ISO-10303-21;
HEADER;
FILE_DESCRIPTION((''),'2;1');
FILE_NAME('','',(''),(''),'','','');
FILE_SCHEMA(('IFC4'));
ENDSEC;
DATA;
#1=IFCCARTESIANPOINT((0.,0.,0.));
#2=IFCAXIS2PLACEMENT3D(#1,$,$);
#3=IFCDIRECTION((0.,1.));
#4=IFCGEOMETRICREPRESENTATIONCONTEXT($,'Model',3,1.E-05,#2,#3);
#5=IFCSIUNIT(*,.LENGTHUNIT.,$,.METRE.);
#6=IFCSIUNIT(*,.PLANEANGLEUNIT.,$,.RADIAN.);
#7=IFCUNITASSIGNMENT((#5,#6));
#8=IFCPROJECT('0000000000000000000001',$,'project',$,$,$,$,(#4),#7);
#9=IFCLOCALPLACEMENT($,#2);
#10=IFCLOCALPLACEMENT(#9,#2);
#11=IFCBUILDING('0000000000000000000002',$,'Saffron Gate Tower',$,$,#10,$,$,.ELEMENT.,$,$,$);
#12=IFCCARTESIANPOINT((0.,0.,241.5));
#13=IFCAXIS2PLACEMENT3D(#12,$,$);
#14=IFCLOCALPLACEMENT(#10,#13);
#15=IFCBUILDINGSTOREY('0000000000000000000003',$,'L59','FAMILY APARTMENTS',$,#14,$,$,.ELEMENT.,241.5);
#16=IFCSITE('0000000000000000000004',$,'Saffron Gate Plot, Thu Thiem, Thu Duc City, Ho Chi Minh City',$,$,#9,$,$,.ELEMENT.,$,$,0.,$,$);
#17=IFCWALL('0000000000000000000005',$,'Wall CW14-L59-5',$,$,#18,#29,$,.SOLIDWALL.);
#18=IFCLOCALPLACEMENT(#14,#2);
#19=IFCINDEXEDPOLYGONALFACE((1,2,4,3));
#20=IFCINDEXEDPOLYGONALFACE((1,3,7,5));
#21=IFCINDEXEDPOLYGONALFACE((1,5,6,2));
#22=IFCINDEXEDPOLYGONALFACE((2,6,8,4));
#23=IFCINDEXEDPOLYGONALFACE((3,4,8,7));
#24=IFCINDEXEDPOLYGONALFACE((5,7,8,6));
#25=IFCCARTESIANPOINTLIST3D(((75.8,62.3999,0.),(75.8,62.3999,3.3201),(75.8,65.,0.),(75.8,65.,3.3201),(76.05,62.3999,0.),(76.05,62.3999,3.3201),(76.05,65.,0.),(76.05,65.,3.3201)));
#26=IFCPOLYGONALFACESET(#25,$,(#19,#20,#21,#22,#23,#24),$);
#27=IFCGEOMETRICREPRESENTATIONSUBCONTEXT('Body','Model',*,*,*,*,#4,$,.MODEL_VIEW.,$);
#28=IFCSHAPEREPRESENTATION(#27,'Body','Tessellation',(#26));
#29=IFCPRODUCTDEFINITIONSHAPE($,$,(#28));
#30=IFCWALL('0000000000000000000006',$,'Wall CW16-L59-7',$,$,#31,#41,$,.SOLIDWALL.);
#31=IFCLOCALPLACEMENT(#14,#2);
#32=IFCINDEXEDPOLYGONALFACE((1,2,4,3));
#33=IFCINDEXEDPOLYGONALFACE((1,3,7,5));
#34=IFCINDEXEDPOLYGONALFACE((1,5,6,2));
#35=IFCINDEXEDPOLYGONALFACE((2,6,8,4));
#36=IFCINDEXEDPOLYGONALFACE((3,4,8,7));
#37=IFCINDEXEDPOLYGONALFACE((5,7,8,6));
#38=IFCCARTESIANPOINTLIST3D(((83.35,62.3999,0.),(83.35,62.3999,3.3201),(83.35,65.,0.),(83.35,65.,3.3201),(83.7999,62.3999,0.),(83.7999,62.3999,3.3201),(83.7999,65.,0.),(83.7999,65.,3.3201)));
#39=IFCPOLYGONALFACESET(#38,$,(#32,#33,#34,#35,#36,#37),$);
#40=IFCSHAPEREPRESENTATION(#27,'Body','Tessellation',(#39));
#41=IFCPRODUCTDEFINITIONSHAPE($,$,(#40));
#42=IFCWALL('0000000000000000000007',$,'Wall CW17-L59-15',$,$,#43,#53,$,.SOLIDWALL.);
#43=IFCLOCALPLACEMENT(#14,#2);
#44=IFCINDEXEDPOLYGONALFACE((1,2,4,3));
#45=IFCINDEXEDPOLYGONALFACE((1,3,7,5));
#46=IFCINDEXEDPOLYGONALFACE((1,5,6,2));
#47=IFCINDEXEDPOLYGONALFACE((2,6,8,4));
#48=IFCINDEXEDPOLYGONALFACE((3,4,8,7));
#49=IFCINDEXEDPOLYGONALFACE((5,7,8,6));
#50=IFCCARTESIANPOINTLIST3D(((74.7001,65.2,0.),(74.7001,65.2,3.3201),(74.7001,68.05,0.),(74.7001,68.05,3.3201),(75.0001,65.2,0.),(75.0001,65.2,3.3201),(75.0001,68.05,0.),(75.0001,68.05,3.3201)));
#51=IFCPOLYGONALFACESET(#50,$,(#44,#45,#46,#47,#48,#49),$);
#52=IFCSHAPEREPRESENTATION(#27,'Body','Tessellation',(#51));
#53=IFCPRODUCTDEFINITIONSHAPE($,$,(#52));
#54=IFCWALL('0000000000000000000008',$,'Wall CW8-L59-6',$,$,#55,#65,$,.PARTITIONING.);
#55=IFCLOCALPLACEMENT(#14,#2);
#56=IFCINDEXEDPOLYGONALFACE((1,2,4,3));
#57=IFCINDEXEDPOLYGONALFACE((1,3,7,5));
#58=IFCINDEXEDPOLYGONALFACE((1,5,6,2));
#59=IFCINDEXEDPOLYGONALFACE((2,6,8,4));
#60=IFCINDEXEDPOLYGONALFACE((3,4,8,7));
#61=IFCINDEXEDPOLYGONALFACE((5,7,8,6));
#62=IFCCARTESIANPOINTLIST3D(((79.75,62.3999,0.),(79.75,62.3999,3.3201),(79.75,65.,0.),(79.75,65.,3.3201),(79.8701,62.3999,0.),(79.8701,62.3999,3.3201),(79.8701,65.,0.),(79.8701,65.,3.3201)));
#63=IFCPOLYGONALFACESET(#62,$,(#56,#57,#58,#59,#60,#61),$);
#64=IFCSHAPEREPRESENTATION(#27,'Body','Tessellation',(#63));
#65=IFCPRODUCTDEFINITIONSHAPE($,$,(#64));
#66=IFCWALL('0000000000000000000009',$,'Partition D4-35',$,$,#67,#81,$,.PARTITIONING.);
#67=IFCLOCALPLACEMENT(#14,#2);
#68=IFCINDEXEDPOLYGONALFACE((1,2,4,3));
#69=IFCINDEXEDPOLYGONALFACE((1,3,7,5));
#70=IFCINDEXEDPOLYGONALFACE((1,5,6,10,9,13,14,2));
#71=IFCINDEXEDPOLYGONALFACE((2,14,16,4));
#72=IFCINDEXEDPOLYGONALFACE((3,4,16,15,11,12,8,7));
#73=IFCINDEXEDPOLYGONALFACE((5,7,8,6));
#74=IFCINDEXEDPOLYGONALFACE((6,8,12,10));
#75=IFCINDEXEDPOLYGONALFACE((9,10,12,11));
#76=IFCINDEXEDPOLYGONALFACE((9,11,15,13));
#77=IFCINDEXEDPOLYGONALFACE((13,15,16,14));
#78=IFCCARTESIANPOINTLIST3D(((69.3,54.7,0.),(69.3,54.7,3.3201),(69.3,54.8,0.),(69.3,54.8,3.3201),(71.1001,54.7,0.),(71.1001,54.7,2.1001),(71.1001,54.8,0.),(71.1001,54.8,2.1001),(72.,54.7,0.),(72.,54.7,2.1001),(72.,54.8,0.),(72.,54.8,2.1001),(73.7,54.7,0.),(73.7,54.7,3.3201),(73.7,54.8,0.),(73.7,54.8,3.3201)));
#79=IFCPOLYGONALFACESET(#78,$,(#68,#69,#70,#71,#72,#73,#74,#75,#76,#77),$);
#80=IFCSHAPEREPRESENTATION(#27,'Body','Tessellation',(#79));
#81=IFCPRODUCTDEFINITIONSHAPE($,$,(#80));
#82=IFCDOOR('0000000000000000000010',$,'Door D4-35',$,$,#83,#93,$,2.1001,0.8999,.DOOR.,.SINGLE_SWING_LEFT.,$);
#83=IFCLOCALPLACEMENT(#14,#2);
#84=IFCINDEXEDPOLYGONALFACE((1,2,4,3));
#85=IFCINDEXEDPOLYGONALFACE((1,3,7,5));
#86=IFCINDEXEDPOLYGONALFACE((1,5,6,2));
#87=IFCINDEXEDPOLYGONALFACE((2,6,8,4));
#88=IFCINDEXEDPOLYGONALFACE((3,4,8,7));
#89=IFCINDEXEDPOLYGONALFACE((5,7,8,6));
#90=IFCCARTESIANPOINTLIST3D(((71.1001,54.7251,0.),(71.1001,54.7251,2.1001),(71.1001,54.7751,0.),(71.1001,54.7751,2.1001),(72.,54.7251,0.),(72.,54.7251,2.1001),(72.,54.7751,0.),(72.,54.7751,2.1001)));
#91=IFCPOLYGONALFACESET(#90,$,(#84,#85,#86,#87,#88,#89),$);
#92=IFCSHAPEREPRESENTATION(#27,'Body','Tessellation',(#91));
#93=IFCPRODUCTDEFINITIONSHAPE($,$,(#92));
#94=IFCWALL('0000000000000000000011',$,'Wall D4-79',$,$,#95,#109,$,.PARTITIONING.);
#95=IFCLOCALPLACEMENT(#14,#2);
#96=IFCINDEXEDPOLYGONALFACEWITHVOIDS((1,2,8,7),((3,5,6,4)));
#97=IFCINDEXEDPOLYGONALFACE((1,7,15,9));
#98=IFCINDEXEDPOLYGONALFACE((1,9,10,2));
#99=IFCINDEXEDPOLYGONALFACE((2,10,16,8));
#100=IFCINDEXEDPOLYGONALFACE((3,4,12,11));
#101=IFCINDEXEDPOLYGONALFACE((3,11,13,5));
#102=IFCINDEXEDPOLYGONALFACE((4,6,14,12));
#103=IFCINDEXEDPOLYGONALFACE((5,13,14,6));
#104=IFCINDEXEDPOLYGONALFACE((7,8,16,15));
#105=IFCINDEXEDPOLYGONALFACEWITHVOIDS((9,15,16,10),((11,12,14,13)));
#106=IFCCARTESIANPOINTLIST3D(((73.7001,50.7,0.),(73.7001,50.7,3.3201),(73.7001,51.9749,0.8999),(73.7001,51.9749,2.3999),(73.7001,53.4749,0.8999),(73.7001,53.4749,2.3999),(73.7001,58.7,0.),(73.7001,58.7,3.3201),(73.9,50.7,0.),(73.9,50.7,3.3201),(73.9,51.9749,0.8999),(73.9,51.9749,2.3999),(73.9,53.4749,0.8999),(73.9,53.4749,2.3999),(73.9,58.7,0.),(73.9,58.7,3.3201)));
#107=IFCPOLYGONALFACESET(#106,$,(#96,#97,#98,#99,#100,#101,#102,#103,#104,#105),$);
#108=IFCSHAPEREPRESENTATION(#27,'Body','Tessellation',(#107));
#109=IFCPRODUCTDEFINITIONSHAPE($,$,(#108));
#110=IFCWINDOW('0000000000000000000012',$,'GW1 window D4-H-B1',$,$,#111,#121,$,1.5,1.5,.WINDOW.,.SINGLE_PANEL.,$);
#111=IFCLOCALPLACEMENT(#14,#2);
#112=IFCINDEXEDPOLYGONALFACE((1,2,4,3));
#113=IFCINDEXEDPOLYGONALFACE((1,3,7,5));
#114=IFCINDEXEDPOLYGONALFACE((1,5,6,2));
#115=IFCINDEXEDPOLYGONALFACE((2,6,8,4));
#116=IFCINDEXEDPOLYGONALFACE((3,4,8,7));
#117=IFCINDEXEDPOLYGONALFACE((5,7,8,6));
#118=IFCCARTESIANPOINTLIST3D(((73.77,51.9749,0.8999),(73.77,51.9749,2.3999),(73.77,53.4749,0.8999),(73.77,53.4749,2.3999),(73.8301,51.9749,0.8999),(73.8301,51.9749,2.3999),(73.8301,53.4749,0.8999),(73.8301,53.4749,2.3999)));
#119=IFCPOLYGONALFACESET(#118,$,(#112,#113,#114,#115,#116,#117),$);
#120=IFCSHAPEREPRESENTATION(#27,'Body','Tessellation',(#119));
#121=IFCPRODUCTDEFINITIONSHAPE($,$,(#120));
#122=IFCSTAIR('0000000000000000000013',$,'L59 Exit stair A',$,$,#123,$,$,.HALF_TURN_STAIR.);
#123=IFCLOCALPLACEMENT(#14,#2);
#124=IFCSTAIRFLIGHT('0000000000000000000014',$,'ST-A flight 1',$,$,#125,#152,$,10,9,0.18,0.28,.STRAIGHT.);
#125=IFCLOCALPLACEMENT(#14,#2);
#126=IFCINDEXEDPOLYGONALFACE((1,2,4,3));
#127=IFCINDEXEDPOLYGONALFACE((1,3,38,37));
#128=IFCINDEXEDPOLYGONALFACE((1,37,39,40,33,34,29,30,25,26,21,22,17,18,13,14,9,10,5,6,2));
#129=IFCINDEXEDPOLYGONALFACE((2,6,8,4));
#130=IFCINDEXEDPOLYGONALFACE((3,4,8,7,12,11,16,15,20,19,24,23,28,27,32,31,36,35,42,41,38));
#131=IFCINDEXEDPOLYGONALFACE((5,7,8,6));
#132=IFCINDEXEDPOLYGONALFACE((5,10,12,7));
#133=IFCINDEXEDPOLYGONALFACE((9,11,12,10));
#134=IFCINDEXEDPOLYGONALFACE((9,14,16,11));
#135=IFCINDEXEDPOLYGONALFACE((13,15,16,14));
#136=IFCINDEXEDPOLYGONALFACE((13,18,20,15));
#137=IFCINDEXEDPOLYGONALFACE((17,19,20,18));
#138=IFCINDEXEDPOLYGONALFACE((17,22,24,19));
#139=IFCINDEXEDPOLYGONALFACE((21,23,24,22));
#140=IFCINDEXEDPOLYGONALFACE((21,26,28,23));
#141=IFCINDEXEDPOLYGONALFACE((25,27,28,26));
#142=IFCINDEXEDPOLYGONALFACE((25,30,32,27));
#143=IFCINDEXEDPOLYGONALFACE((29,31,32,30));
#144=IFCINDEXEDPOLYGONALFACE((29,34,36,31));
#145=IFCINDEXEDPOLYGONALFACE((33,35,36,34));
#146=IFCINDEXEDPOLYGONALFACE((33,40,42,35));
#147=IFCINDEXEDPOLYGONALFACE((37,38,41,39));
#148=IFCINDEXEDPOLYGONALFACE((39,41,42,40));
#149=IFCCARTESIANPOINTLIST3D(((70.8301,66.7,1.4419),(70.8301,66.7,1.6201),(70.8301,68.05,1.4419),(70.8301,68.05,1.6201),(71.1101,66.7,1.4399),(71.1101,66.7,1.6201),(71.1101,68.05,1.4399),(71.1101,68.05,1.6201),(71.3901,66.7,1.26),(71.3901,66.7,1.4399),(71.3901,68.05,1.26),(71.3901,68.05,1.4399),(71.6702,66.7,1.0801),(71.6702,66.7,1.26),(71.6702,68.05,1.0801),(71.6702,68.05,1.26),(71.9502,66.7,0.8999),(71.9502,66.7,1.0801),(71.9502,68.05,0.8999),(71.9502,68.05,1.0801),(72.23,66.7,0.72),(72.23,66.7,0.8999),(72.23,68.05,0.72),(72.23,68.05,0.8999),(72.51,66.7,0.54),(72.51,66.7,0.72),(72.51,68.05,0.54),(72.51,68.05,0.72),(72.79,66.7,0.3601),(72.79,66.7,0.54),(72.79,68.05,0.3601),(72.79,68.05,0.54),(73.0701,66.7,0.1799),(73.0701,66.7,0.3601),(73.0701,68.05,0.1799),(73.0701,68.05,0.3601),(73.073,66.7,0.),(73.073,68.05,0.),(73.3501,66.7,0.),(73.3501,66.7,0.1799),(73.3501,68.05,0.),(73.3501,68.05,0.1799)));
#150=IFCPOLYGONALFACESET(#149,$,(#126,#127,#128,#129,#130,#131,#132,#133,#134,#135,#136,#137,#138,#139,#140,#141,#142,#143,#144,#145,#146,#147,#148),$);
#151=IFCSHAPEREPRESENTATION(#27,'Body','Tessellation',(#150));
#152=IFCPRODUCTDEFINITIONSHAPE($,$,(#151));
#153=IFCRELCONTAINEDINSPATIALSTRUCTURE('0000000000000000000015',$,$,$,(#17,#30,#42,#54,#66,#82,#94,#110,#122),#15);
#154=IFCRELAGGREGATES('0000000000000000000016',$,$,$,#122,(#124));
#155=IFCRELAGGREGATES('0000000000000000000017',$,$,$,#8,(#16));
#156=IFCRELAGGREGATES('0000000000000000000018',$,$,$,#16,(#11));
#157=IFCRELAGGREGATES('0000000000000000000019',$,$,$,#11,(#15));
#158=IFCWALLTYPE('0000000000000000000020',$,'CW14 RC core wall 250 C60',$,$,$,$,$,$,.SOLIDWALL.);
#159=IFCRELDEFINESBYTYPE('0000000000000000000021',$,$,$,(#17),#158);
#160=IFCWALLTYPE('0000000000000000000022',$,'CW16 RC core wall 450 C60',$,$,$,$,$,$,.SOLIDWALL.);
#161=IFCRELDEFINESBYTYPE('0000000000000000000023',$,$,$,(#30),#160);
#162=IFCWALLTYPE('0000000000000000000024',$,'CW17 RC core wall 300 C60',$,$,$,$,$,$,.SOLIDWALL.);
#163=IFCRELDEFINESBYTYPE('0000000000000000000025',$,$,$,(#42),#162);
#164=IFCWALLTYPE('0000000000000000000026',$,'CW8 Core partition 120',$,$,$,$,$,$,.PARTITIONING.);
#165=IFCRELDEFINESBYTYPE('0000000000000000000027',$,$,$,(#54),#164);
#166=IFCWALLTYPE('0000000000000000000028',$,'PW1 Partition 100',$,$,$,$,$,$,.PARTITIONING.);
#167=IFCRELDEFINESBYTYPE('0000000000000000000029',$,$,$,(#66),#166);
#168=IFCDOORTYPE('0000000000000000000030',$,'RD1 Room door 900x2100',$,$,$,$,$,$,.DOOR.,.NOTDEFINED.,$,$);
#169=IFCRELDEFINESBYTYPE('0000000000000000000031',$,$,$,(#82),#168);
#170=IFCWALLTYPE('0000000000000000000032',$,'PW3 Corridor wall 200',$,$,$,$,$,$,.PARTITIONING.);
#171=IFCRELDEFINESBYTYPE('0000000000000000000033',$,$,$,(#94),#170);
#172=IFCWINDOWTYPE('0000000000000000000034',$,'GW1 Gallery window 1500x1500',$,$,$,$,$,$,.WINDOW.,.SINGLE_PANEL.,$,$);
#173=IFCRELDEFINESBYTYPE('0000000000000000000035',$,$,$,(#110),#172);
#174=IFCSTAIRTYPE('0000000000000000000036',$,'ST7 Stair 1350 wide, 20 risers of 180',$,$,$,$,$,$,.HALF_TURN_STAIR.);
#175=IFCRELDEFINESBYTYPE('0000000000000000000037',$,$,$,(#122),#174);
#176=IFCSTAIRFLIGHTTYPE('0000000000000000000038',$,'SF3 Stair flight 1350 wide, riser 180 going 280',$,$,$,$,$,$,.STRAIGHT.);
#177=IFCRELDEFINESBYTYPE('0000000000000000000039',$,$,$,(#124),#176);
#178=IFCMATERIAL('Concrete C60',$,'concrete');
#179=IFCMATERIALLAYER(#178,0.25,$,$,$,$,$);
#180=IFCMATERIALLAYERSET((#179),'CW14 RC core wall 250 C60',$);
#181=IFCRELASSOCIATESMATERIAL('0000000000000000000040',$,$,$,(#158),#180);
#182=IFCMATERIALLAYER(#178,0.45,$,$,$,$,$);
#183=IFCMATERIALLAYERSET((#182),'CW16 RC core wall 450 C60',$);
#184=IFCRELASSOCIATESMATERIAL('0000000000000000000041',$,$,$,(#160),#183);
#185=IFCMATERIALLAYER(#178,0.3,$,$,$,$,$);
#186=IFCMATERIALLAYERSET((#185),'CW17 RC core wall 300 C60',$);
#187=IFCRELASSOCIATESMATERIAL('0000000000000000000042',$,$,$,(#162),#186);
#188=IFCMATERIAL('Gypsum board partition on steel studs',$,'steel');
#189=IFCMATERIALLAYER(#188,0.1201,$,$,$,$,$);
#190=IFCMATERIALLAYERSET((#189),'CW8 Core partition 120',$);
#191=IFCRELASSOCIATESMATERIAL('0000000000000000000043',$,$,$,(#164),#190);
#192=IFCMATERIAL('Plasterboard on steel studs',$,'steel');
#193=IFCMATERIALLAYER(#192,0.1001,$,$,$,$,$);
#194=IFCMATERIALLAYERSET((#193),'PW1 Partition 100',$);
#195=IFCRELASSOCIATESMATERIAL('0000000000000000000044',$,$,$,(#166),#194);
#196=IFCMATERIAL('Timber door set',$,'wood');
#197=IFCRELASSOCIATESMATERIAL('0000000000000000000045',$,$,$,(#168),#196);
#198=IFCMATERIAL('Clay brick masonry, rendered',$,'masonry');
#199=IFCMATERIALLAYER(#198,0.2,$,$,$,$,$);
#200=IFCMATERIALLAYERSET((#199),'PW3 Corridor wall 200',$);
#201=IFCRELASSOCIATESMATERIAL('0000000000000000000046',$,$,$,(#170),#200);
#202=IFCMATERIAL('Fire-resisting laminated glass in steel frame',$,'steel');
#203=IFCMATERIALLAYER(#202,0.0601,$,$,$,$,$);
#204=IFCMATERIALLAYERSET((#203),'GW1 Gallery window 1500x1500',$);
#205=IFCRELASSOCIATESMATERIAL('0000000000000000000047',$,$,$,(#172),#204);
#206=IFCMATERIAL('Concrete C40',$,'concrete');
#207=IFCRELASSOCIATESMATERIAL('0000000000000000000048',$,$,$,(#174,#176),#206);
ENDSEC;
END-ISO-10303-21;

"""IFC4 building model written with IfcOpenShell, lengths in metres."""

from ifc_helpers import new_model, si_unit, direction, frame, frame_2d, origin, place, context, subcontext, project, spatial, polyline, rectangle, outline, extrude, material, layer, layer_set, type_object, element, fill, aggregate, save


model = new_model("IFC4")

# Units and contexts
model_context = context("Model", 3, precision=1e-05, world=origin(), true_north=direction((0.0, 1.0)))
body_context = subcontext(model_context, "Body", "Model", "MODEL_VIEW")
ifc_project = project(units=[si_unit("LENGTHUNIT", "METRE"), si_unit("PLANEANGLEUNIT", "RADIAN")], contexts=[model_context])

# Site, building, storey
site_placement = place(None, origin())
site = spatial("IfcSite", under=ifc_project, at=site_placement, Name="Saffron Gate Plot, Thu Thiem, Thu Duc City, Ho Chi Minh City", CompositionType="ELEMENT", RefElevation=0.0)
building_placement = place(site_placement, origin())
building = spatial("IfcBuilding", under=site, at=building_placement, Name="Saffron Gate Tower", CompositionType="ELEMENT")
storey_placement = place(building_placement, frame((0.0, 0.0, 241.5)))
storey = spatial("IfcBuildingStorey", under=building, at=storey_placement, Name="L59", Description="FAMILY APARTMENTS", CompositionType="ELEMENT", Elevation=241.5)

# Wall
ifc_material_1 = material(Name="Concrete C60", Category="concrete")
ifc_layer_1 = layer(ifc_material_1, 0.25)
ifc_layer_set_1 = layer_set([ifc_layer_1], Name="CW14 RC core wall 250 C60")
wall_type_1 = type_object("IfcWallType", Name="CW14 RC core wall 250 C60", PredefinedType="SOLIDWALL", material=ifc_layer_set_1)
wall_1_placement = place(storey_placement, frame((75.925, 62.3999, 0.0), z_axis=(0.0, 0.0, 1.0), x_axis=(0.0, 1.0, 0.0)))
element("IfcWall", 1, at=wall_1_placement, inside=storey, type_object=wall_type_1, Name="Wall CW14-L59-5", PredefinedType="SOLIDWALL", context=body_context, shape_type="SweptSolid", body=[
    extrude(rectangle(XDim=2.6001, YDim=0.25, at=frame_2d((1.3, 0.0))), origin(), (0.0, 0.0, 1.0), 3.3201),
])

# Walls
ifc_layer_2 = layer(ifc_material_1, 0.45)
ifc_layer_set_2 = layer_set([ifc_layer_2], Name="CW16 RC core wall 450 C60")
wall_type_2 = type_object("IfcWallType", Name="CW16 RC core wall 450 C60", PredefinedType="SOLIDWALL", material=ifc_layer_set_2)
wall_2_placement = place(storey_placement, frame((83.575, 62.3999, 0.0), z_axis=(0.0, 0.0, 1.0), x_axis=(0.0, 1.0, 0.0)))
element("IfcWall", 2, at=wall_2_placement, inside=storey, type_object=wall_type_2, Name="Wall CW16-L59-7", PredefinedType="SOLIDWALL", context=body_context, shape_type="SweptSolid", body=[
    extrude(rectangle(XDim=2.6001, YDim=0.45, at=frame_2d((1.3, 0.0))), origin(), (0.0, 0.0, 1.0), 3.3201),
])
ifc_layer_3 = layer(ifc_material_1, 0.3)
ifc_layer_set_3 = layer_set([ifc_layer_3], Name="CW17 RC core wall 300 C60")
wall_type_3 = type_object("IfcWallType", Name="CW17 RC core wall 300 C60", PredefinedType="SOLIDWALL", material=ifc_layer_set_3)
wall_3_placement = place(storey_placement, frame((74.8501, 65.2, 0.0), z_axis=(0.0, 0.0, 1.0), x_axis=(0.0, 1.0, 0.0)))
element("IfcWall", 3, at=wall_3_placement, inside=storey, type_object=wall_type_3, Name="Wall CW17-L59-15", PredefinedType="SOLIDWALL", context=body_context, shape_type="SweptSolid", body=[
    extrude(rectangle(XDim=2.8501, YDim=0.3, at=frame_2d((1.425, 0.0))), origin(), (0.0, 0.0, 1.0), 3.3201),
])
ifc_material_2 = material(Name="Gypsum board partition on steel studs", Category="steel")
ifc_layer_4 = layer(ifc_material_2, 0.1201)
ifc_layer_set_4 = layer_set([ifc_layer_4], Name="CW8 Core partition 120")
wall_type_4 = type_object("IfcWallType", Name="CW8 Core partition 120", PredefinedType="PARTITIONING", material=ifc_layer_set_4)
wall_4_placement = place(storey_placement, frame((79.8101, 62.3999, 0.0), z_axis=(0.0, 0.0, 1.0), x_axis=(0.0, 1.0, 0.0)))
element("IfcWall", 4, at=wall_4_placement, inside=storey, type_object=wall_type_4, Name="Wall CW8-L59-6", PredefinedType="PARTITIONING", context=body_context, shape_type="SweptSolid", body=[
    extrude(rectangle(XDim=2.6001, YDim=0.1201, at=frame_2d((1.3, 0.0))), origin(), (0.0, 0.0, 1.0), 3.3201),
])

# Wall, opening, door
ifc_material_3 = material(Name="Plasterboard on steel studs", Category="steel")
ifc_layer_5 = layer(ifc_material_3, 0.1001)
ifc_layer_set_5 = layer_set([ifc_layer_5], Name="PW1 Partition 100")
wall_type_5 = type_object("IfcWallType", Name="PW1 Partition 100", PredefinedType="PARTITIONING", material=ifc_layer_set_5)
wall_5_placement = place(storey_placement, frame((73.7, 54.75, 0.0), z_axis=(0.0, 0.0, 1.0), x_axis=(-1.0, 0.0, 0.0)))
wall_5 = element("IfcWall", 5, at=wall_5_placement, inside=storey, type_object=wall_type_5, Name="Partition D4-35", PredefinedType="PARTITIONING", context=body_context, shape_type="SweptSolid", body=[
    extrude(rectangle(XDim=4.3999, YDim=0.1001, at=frame_2d((2.2, 0.0))), origin(), (0.0, 0.0, 1.0), 3.3201),
])
opening_1_placement = place(wall_5_placement, frame((1.7, 0.0, 0.0)))
opening_1 = element("IfcOpeningElement", 6, at=opening_1_placement, cuts=wall_5, PredefinedType="OPENING", context=body_context, shape_type="SweptSolid", body=[
    extrude(rectangle(XDim=0.8999, YDim=2.1001, at=frame_2d((0.45, 1.05))), frame((0.0, 0.0601, 0.0), z_axis=(0.0, -1.0, 0.0), x_axis=(1.0, 0.0, 0.0)), (0.0, 0.0, 1.0), 0.1201),
])
ifc_material_4 = material(Name="Timber door set", Category="wood")
door_type_1 = type_object("IfcDoorType", Name="RD1 Room door 900x2100", OperationType="NOTDEFINED", PredefinedType="DOOR", material=ifc_material_4)
door_1_placement = place(opening_1_placement, origin())
door_1 = element("IfcDoor", 7, at=door_1_placement, inside=storey, type_object=door_type_1, Name="Door D4-35", OperationType="SINGLE_SWING_LEFT", OverallHeight=2.1001, OverallWidth=0.8999, PredefinedType="DOOR", context=body_context, shape_type="SweptSolid", body=[
    extrude(rectangle(XDim=0.8999, YDim=2.1001, at=frame_2d((0.45, 1.05))), frame((0.0, 0.0249, 0.0), z_axis=(0.0, -1.0, 0.0), x_axis=(1.0, 0.0, 0.0)), (0.0, 0.0, 1.0), 0.05),
])
fill(opening_1, door_1)

# Wall, opening, window
ifc_material_5 = material(Name="Clay brick masonry, rendered", Category="masonry")
ifc_layer_6 = layer(ifc_material_5, 0.2)
ifc_layer_set_6 = layer_set([ifc_layer_6], Name="PW3 Corridor wall 200")
wall_type_6 = type_object("IfcWallType", Name="PW3 Corridor wall 200", PredefinedType="PARTITIONING", material=ifc_layer_set_6)
wall_6_placement = place(storey_placement, frame((73.8, 58.7, 0.0), z_axis=(0.0, 0.0, 1.0), x_axis=(0.0, -1.0, 0.0)))
wall_6 = element("IfcWall", 8, at=wall_6_placement, inside=storey, type_object=wall_type_6, Name="Wall D4-79", PredefinedType="PARTITIONING", context=body_context, shape_type="SweptSolid", body=[
    extrude(rectangle(XDim=8.0, YDim=0.2, at=frame_2d((4.0, 0.0))), origin(), (0.0, 0.0, 1.0), 3.3201),
])
opening_2_placement = place(wall_6_placement, frame((5.2251, 0.0, 0.8999)))
opening_2 = element("IfcOpeningElement", 9, at=opening_2_placement, cuts=wall_6, PredefinedType="OPENING", context=body_context, shape_type="SweptSolid", body=[
    extrude(rectangle(XDim=1.5, YDim=1.5, at=frame_2d((0.75, 0.75))), frame((0.0, 0.1099, 0.0), z_axis=(0.0, -1.0, 0.0), x_axis=(1.0, 0.0, 0.0)), (0.0, 0.0, 1.0), 0.22),
])
ifc_material_6 = material(Name="Fire-resisting laminated glass in steel frame", Category="steel")
ifc_layer_7 = layer(ifc_material_6, 0.0601)
ifc_layer_set_7 = layer_set([ifc_layer_7], Name="GW1 Gallery window 1500x1500")
window_type = type_object("IfcWindowType", Name="GW1 Gallery window 1500x1500", PartitioningType="SINGLE_PANEL", PredefinedType="WINDOW", material=ifc_layer_set_7)
window_placement = place(opening_2_placement, origin())
window = element("IfcWindow", 10, at=window_placement, inside=storey, type_object=window_type, Name="GW1 window D4-H-B1", OverallHeight=1.5, OverallWidth=1.5, PartitioningType="SINGLE_PANEL", PredefinedType="WINDOW", context=body_context, shape_type="SweptSolid", body=[
    extrude(rectangle(XDim=1.5, YDim=1.5, at=frame_2d((0.75, 0.75))), frame((0.0, 0.03, 0.0), z_axis=(0.0, -1.0, 0.0), x_axis=(1.0, 0.0, 0.0)), (0.0, 0.0, 1.0), 0.0601),
])
fill(opening_2, window)

# Stair, stair flight
ifc_material_7 = material(Name="Concrete C40", Category="concrete")
stair_type = type_object("IfcStairType", Name="ST7 Stair 1350 wide, 20 risers of 180", PredefinedType="HALF_TURN_STAIR", material=ifc_material_7)
stair_placement = place(storey_placement, origin())
stair = element("IfcStair", 11, at=stair_placement, inside=storey, type_object=stair_type, Name="L59 Exit stair A", PredefinedType="HALF_TURN_STAIR")
stair_flight_type = type_object("IfcStairFlightType", Name="SF3 Stair flight 1350 wide, riser 180 going 280", PredefinedType="STRAIGHT", material=ifc_material_7)
stair_flight_1_placement = place(storey_placement, frame((73.3501, 67.375, 0.0), z_axis=(0.0, 0.0, 1.0), x_axis=(-1.0, 0.0, 0.0)))
stair_flight_1 = element("IfcStairFlight", 12, at=stair_flight_1_placement, type_object=stair_flight_type, Name="ST-A flight 1", NumberOfRisers=10, NumberOfTreads=9, PredefinedType="STRAIGHT", RiserHeight=0.18, TreadLength=0.28, context=body_context, shape_type="SweptSolid", body=[
    extrude(outline(polyline([(0.0, 0.0), (0.0, 0.1799), (0.28, 0.1799), (0.28, 0.3601), (0.5601, 0.3601), (0.5601, 0.54), (0.8401, 0.54), (0.8401, 0.72), (1.1201, 0.72), (1.1201, 0.8999), (1.3999, 0.8999), (1.3999, 1.0801), (1.6799, 1.0801), (1.6799, 1.26), (1.96, 1.26), (1.96, 1.4399), (2.24, 1.4399), (2.24, 1.6201), (2.52, 1.6201), (2.52, 1.8), (2.52, 1.4419), (0.2771, 0.0), (0.0, 0.0)])), frame((0.0, 0.675, 0.0), z_axis=(0.0, -1.0, 0.0), x_axis=(1.0, 0.0, 0.0)), (0.0, 0.0, 1.0), 1.3501),
])
aggregate(stair, [stair_flight_1])

save(model, "model.ifc")
